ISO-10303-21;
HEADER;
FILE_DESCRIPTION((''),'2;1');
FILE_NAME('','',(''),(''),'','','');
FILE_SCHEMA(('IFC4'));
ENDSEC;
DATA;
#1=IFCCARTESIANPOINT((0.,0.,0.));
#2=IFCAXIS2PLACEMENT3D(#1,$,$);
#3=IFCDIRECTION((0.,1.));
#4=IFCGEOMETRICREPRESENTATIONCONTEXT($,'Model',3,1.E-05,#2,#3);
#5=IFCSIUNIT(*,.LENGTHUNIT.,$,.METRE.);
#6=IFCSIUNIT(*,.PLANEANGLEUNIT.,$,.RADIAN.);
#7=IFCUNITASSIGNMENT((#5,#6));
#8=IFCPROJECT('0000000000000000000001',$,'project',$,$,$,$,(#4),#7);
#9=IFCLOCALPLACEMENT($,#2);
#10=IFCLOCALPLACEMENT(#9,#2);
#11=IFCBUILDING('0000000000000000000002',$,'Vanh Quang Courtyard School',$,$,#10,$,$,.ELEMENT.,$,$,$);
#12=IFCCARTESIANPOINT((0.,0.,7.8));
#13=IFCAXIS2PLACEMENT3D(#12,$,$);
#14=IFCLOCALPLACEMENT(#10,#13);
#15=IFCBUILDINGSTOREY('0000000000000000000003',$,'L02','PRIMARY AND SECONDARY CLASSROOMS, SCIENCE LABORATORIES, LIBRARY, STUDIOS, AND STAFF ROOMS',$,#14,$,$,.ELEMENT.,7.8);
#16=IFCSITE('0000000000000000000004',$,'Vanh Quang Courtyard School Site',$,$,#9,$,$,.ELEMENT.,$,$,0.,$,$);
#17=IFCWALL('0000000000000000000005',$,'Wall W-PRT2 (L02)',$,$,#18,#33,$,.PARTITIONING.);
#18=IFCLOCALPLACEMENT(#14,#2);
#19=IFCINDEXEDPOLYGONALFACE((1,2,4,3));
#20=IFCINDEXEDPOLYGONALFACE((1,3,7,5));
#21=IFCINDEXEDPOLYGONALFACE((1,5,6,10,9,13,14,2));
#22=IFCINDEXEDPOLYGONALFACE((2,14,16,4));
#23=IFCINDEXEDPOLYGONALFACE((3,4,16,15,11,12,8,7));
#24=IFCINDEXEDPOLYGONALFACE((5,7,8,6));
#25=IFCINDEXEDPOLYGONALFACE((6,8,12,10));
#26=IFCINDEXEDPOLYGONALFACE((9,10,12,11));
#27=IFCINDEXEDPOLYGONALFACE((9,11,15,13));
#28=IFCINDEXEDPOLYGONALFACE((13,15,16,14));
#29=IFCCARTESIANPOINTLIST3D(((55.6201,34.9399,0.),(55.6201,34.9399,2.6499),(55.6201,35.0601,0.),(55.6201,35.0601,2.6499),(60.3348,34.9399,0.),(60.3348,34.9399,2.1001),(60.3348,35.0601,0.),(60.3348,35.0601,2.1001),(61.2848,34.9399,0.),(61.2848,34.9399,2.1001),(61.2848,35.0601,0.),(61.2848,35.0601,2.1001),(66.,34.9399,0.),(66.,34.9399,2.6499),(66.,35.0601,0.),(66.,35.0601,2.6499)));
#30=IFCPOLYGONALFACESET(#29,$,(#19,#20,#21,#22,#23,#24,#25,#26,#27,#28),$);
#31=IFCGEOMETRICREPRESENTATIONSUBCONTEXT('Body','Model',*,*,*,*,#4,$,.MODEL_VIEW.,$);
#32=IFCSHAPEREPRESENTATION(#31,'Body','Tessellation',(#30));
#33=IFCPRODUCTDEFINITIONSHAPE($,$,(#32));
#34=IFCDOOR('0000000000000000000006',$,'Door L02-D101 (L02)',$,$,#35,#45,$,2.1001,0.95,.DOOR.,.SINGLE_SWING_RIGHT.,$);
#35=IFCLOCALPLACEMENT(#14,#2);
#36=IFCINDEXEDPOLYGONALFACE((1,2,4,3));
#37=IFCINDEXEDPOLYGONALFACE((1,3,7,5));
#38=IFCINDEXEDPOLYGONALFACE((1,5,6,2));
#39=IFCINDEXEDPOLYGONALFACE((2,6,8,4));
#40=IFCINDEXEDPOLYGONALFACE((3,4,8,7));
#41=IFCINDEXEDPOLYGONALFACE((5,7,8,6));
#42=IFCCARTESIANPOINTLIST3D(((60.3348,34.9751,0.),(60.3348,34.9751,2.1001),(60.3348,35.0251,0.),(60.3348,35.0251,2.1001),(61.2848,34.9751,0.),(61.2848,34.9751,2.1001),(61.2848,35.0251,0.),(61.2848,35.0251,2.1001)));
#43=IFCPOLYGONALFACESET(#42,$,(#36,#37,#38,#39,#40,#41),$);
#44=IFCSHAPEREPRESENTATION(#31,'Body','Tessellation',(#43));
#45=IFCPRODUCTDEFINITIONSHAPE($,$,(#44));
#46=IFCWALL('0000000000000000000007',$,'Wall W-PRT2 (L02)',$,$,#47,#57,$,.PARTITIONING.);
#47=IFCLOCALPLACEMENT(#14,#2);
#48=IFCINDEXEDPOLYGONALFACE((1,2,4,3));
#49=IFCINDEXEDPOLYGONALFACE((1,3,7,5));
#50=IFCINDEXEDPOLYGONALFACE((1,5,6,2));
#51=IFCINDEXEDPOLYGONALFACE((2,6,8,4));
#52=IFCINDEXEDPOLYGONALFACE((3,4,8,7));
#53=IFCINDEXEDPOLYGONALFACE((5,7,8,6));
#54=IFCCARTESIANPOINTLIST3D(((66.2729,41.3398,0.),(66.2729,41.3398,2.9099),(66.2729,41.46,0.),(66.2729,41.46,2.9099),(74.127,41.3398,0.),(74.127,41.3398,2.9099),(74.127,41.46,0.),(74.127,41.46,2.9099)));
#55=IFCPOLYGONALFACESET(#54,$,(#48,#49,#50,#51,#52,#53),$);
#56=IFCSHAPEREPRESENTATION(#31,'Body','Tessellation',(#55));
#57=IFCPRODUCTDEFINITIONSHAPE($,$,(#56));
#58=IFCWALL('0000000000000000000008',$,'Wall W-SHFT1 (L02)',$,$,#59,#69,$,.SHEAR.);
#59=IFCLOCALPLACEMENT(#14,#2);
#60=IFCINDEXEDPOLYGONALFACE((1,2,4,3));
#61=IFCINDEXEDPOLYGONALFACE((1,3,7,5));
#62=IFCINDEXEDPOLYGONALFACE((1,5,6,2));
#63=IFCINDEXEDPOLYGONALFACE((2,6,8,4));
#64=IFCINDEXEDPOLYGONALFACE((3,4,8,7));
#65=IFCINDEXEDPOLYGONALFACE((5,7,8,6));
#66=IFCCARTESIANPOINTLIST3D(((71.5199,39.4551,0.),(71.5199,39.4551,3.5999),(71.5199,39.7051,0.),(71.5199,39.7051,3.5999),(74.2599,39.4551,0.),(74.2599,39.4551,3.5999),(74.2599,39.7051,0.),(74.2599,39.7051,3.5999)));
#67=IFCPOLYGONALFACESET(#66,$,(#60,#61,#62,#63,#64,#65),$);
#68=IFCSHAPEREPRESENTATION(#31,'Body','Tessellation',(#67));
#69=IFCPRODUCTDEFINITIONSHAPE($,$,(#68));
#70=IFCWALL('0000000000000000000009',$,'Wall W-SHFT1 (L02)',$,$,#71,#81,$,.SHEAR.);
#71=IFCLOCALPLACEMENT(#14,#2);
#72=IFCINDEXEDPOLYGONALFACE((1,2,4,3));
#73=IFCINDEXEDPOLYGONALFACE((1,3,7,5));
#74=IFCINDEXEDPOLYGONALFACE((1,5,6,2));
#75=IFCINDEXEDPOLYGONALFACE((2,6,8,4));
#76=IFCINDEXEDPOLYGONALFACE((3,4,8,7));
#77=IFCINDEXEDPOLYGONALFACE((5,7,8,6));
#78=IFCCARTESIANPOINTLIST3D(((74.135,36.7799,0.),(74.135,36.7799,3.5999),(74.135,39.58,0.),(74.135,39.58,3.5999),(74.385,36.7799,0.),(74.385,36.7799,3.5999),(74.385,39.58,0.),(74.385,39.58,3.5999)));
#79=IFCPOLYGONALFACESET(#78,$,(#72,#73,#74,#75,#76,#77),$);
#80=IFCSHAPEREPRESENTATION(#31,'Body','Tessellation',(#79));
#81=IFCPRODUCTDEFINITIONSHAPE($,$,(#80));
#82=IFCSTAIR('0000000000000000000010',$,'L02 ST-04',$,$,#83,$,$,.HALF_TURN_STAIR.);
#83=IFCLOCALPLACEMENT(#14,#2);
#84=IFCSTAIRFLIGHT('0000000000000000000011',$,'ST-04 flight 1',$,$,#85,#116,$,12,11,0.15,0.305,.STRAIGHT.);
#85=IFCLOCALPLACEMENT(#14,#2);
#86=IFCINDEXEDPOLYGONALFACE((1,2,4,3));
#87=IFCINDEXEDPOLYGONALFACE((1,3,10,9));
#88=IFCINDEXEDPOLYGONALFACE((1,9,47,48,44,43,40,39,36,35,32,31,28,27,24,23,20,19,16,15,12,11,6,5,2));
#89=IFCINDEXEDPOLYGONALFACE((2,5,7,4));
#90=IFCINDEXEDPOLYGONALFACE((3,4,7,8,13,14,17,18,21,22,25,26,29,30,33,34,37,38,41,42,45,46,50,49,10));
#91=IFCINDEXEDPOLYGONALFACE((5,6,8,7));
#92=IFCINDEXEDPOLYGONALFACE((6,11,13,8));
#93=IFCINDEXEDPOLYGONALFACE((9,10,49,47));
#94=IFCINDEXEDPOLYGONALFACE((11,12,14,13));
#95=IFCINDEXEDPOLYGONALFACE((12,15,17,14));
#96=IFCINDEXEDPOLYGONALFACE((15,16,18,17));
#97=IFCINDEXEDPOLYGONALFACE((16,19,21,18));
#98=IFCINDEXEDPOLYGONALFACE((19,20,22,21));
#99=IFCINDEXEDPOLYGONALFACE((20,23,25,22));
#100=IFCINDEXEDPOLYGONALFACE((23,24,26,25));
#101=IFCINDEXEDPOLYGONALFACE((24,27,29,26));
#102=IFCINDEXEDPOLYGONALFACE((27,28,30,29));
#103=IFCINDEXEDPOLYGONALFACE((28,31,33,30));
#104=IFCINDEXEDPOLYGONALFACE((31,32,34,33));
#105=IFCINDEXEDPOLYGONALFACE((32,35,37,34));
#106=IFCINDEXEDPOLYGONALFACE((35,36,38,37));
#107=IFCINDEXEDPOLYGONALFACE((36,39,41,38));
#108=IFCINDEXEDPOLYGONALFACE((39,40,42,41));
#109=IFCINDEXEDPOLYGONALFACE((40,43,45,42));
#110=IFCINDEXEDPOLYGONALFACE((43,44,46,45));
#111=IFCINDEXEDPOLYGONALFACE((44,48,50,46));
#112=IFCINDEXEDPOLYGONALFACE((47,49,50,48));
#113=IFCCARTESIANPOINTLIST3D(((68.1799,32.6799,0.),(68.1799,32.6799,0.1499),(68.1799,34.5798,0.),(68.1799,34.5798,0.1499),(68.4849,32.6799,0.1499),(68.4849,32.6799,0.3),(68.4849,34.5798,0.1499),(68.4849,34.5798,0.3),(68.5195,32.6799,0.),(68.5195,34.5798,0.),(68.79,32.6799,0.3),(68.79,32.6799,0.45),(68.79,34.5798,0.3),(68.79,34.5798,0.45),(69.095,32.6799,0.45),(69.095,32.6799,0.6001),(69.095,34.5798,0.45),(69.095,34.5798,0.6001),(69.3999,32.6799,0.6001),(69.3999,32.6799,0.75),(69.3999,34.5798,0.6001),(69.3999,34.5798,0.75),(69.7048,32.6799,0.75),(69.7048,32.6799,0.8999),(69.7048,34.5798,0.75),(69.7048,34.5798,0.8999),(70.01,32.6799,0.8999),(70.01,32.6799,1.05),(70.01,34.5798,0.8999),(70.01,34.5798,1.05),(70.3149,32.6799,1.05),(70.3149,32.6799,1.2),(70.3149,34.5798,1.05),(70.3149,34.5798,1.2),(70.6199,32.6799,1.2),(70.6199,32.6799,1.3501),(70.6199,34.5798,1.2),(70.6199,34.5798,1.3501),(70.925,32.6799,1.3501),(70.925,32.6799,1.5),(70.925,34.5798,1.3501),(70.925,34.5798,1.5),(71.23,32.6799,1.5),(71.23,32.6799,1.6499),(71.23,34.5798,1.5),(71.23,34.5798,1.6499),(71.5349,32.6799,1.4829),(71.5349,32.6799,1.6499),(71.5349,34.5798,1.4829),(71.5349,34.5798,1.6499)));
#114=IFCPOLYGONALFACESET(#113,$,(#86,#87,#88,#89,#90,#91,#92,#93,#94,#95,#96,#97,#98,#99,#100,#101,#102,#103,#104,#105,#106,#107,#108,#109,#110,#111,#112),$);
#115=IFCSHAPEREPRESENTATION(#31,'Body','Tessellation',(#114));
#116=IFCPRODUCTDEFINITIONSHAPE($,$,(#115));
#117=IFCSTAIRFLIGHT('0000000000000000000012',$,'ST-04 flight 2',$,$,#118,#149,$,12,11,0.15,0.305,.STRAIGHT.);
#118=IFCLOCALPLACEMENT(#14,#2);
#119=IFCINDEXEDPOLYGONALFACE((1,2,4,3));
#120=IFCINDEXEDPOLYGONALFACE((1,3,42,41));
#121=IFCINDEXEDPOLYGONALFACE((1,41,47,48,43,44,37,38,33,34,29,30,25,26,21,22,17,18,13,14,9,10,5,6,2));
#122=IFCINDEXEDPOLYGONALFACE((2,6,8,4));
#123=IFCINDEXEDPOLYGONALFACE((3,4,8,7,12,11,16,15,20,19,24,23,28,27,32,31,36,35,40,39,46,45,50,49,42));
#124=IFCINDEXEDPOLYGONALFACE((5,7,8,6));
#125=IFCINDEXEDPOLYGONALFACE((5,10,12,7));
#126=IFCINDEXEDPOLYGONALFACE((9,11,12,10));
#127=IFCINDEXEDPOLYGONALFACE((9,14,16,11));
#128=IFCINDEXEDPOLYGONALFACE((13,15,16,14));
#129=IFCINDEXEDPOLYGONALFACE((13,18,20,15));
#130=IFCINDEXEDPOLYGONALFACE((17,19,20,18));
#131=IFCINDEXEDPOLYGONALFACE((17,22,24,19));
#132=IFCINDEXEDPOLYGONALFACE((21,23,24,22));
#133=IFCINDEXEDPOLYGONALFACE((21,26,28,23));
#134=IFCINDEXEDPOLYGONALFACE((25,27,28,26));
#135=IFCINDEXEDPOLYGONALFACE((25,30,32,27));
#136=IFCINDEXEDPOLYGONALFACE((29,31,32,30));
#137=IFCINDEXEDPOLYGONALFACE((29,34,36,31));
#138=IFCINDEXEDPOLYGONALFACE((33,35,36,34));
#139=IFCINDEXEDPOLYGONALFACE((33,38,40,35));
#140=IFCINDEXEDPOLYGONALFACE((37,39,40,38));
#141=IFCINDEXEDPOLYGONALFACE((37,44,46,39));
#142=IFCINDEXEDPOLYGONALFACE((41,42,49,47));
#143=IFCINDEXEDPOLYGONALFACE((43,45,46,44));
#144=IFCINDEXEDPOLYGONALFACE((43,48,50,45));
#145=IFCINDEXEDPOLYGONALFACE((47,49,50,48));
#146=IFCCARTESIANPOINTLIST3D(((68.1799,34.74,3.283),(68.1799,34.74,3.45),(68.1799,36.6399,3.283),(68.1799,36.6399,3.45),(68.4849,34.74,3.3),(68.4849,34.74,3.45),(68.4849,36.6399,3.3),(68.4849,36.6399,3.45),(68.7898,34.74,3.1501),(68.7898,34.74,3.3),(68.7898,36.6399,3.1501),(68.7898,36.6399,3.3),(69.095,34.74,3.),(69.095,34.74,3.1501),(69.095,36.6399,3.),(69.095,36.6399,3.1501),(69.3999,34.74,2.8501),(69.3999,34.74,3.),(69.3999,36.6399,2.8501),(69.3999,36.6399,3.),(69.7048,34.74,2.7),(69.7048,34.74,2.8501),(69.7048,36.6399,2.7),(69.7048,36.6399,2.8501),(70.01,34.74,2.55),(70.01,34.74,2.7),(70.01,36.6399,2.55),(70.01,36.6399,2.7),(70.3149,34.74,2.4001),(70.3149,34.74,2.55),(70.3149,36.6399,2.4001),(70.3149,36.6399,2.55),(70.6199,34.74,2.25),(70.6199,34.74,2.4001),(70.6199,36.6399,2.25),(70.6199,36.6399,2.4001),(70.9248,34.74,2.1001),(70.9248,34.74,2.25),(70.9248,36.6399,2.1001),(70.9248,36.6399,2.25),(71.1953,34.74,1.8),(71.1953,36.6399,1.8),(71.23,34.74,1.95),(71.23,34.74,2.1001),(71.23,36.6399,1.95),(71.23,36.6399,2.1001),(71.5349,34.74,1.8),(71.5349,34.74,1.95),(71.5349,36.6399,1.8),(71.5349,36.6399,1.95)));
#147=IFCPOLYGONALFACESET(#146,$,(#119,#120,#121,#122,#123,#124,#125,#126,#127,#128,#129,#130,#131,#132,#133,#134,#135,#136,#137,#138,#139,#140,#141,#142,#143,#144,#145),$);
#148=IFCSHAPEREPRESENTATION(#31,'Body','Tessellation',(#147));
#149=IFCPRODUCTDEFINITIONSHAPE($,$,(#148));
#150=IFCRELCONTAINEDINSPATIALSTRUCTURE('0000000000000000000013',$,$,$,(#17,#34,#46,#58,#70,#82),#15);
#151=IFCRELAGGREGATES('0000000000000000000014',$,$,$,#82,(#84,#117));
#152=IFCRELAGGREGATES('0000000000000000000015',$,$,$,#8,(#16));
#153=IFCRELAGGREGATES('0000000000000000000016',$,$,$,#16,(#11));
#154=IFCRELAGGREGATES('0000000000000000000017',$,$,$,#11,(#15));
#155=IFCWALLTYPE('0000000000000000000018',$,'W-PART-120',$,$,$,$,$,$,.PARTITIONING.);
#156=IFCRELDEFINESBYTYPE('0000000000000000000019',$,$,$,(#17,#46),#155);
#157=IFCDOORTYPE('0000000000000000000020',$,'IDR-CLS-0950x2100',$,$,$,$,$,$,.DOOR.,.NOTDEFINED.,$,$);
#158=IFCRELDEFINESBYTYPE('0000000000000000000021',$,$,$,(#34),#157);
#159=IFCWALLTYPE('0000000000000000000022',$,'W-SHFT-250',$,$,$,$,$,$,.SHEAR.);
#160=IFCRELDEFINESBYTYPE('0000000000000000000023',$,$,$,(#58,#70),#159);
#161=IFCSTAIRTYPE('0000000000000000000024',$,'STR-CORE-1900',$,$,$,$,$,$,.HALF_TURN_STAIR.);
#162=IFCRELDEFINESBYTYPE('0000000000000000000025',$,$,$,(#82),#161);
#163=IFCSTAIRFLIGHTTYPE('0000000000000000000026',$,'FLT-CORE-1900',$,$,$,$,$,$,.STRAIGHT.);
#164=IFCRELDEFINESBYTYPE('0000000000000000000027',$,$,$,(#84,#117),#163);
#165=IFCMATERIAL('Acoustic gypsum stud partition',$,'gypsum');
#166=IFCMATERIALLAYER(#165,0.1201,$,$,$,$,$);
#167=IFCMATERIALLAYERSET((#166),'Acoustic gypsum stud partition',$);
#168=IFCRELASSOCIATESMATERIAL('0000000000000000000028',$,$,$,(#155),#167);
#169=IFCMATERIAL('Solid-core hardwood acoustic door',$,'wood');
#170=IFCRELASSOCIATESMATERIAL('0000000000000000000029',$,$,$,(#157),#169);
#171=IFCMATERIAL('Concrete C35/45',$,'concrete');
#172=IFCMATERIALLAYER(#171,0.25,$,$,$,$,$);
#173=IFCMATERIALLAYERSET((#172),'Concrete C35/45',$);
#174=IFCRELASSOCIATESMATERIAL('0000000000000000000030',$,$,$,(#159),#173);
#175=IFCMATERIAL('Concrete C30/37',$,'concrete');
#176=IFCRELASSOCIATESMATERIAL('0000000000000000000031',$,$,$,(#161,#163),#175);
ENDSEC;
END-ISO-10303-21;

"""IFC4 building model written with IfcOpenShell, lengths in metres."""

from ifc_helpers import new_model, si_unit, direction, frame, frame_2d, origin, place, context, subcontext, project, spatial, polyline, rectangle, outline, extrude, material, layer, layer_set, type_object, element, fill, aggregate, save


model = new_model("IFC4")

# Units and contexts
model_context = context("Model", 3, precision=1e-05, world=origin(), true_north=direction((0.0, 1.0)))
body_context = subcontext(model_context, "Body", "Model", "MODEL_VIEW")
ifc_project = project(units=[si_unit("LENGTHUNIT", "METRE"), si_unit("PLANEANGLEUNIT", "RADIAN")], contexts=[model_context])

# Site, building, storey
site_placement = place(None, origin())
site = spatial("IfcSite", under=ifc_project, at=site_placement, Name="Vanh Quang Courtyard School Site", CompositionType="ELEMENT", RefElevation=0.0)
building_placement = place(site_placement, origin())
building = spatial("IfcBuilding", under=site, at=building_placement, Name="Vanh Quang Courtyard School", CompositionType="ELEMENT")
storey_placement = place(building_placement, frame((0.0, 0.0, 7.8)))
storey = spatial("IfcBuildingStorey", under=building, at=storey_placement, Name="L02", Description="PRIMARY AND SECONDARY CLASSROOMS, SCIENCE LABORATORIES, LIBRARY, STUDIOS, AND STAFF ROOMS", CompositionType="ELEMENT", Elevation=7.8)

# Shared definitions
ifc_material_1 = material(Name="Concrete C35/45", Category="concrete")

# Wall, opening, door
ifc_material_2 = material(Name="Acoustic gypsum stud partition", Category="gypsum")
ifc_layer_1 = layer(ifc_material_2, 0.1201)
ifc_layer_set_1 = layer_set([ifc_layer_1], Name="Acoustic gypsum stud partition")
wall_type_1 = type_object("IfcWallType", Name="W-PART-120", PredefinedType="PARTITIONING", material=ifc_layer_set_1)
wall_1_placement = place(storey_placement, frame((66.0, 35.0, 0.0), z_axis=(0.0, 0.0, 1.0), x_axis=(-1.0, 0.0, 0.0)))
wall_1 = element("IfcWall", 1, at=wall_1_placement, inside=storey, type_object=wall_type_1, Name="Wall W-PRT2 (L02)", PredefinedType="PARTITIONING", context=body_context, shape_type="SweptSolid", body=[
    extrude(rectangle(XDim=10.3799, YDim=0.1201, at=frame_2d((5.1899, 0.0))), origin(), (0.0, 0.0, 1.0), 2.6499),
])
opening_1_placement = place(wall_1_placement, frame((4.7151, 0.0, 0.0)))
opening_1 = element("IfcOpeningElement", 2, at=opening_1_placement, cuts=wall_1, PredefinedType="OPENING", context=body_context, shape_type="SweptSolid", body=[
    extrude(rectangle(XDim=0.95, YDim=2.1001, at=frame_2d((0.4751, 1.05))), frame((0.0, 0.0701, 0.0), z_axis=(0.0, -1.0, 0.0), x_axis=(1.0, 0.0, 0.0)), (0.0, 0.0, 1.0), 0.1401),
])
ifc_material_3 = material(Name="Solid-core hardwood acoustic door", Category="wood")
door_type_1 = type_object("IfcDoorType", Name="IDR-CLS-0950x2100", OperationType="NOTDEFINED", PredefinedType="DOOR", material=ifc_material_3)
door_1_placement = place(opening_1_placement, origin())
door_1 = element("IfcDoor", 3, at=door_1_placement, inside=storey, type_object=door_type_1, Name="Door L02-D101 (L02)", OperationType="SINGLE_SWING_RIGHT", OverallHeight=2.1001, OverallWidth=0.95, PredefinedType="DOOR", context=body_context, shape_type="SweptSolid", body=[
    extrude(rectangle(XDim=0.95, YDim=2.1001, at=frame_2d((0.4751, 1.05))), frame((0.0, 0.0249, 0.0), z_axis=(0.0, -1.0, 0.0), x_axis=(1.0, 0.0, 0.0)), (0.0, 0.0, 1.0), 0.05),
])
fill(opening_1, door_1)

# Wall
wall_2_placement = place(storey_placement, frame((74.127, 41.3999, 0.0), z_axis=(0.0, 0.0, 1.0), x_axis=(-1.0, 0.0, 0.0)))
element("IfcWall", 4, at=wall_2_placement, inside=storey, type_object=wall_type_1, Name="Wall W-PRT2 (L02)", PredefinedType="PARTITIONING", context=body_context, shape_type="SweptSolid", body=[
    extrude(rectangle(XDim=7.854, YDim=0.1201, at=frame_2d((3.927, 0.0))), origin(), (0.0, 0.0, 1.0), 2.9099),
])

# Shared definitions
ifc_layer_2 = layer(ifc_material_1, 0.25)
ifc_layer_set_2 = layer_set([ifc_layer_2], Name="Concrete C35/45")
wall_type_2 = type_object("IfcWallType", Name="W-SHFT-250", PredefinedType="SHEAR", material=ifc_layer_set_2)

# Walls
wall_3_placement = place(storey_placement, frame((74.26, 39.5801, 0.0), z_axis=(0.0, 0.0, 1.0), x_axis=(-1.0, 0.0, 0.0)))
element("IfcWall", 5, at=wall_3_placement, inside=storey, type_object=wall_type_2, Name="Wall W-SHFT1 (L02)", PredefinedType="SHEAR", context=body_context, shape_type="SweptSolid", body=[
    extrude(rectangle(XDim=2.74, YDim=0.25, at=frame_2d((1.3701, 0.0))), origin(), (0.0, 0.0, 1.0), 3.5999),
])
wall_4_placement = place(storey_placement, frame((74.26, 36.78, 0.0), z_axis=(0.0, 0.0, 1.0), x_axis=(0.0, 1.0, 0.0)))
element("IfcWall", 6, at=wall_4_placement, inside=storey, type_object=wall_type_2, Name="Wall W-SHFT1 (L02)", PredefinedType="SHEAR", context=body_context, shape_type="SweptSolid", body=[
    extrude(rectangle(XDim=2.8, YDim=0.25, at=frame_2d((1.3999, 0.0))), origin(), (0.0, 0.0, 1.0), 3.5999),
])

# Stair, stair flights
ifc_material_4 = material(Name="Concrete C30/37", Category="concrete")
stair_type = type_object("IfcStairType", Name="STR-CORE-1900", PredefinedType="HALF_TURN_STAIR", material=ifc_material_4)
stair_placement = place(storey_placement, origin())
stair = element("IfcStair", 7, at=stair_placement, inside=storey, type_object=stair_type, Name="L02 ST-04", PredefinedType="HALF_TURN_STAIR")
stair_flight_type = type_object("IfcStairFlightType", Name="FLT-CORE-1900", PredefinedType="STRAIGHT", material=ifc_material_4)
stair_flight_1_placement = place(storey_placement, frame((68.1799, 33.6299, 0.0), z_axis=(0.0, 0.0, 1.0), x_axis=(1.0, 0.0, 0.0)))
stair_flight_1 = element("IfcStairFlight", 8, at=stair_flight_1_placement, type_object=stair_flight_type, Name="ST-04 flight 1", NumberOfRisers=12, NumberOfTreads=11, PredefinedType="STRAIGHT", RiserHeight=0.15, TreadLength=0.305, context=body_context, shape_type="SweptSolid", body=[
    extrude(outline(polyline([(0.0, 0.0), (0.0, 0.1499), (0.3049, 0.1499), (0.3049, 0.3), (0.6101, 0.3), (0.6101, 0.45), (0.915, 0.45), (0.915, 0.6001), (1.22, 0.6001), (1.22, 0.75), (1.5249, 0.75), (1.5249, 0.8999), (1.8301, 0.8999), (1.8301, 1.05), (2.135, 1.05), (2.135, 1.2), (2.4399, 1.2), (2.4399, 1.3501), (2.7451, 1.3501), (2.7451, 1.5), (3.05, 1.5), (3.05, 1.6499), (3.355, 1.6499), (3.355, 1.8), (3.355, 1.4829), (0.3396, 0.0), (0.0, 0.0)])), frame((0.0, 0.95, 0.0), z_axis=(0.0, -1.0, 0.0), x_axis=(1.0, 0.0, 0.0)), (0.0, 0.0, 1.0), 1.8999),
])
stair_flight_2_placement = place(storey_placement, frame((71.5349, 35.6899, 1.8), z_axis=(0.0, 0.0, 1.0), x_axis=(-1.0, 0.0, 0.0)))
stair_flight_2 = element("IfcStairFlight", 9, at=stair_flight_2_placement, type_object=stair_flight_type, Name="ST-04 flight 2", NumberOfRisers=12, NumberOfTreads=11, PredefinedType="STRAIGHT", RiserHeight=0.15, TreadLength=0.305, context=body_context, shape_type="SweptSolid", body=[
    extrude(outline(polyline([(0.0, 0.0), (0.0, 0.1499), (0.3049, 0.1499), (0.3049, 0.3), (0.6101, 0.3), (0.6101, 0.45), (0.915, 0.45), (0.915, 0.6001), (1.22, 0.6001), (1.22, 0.75), (1.5249, 0.75), (1.5249, 0.8999), (1.8301, 0.8999), (1.8301, 1.05), (2.135, 1.05), (2.135, 1.2), (2.4399, 1.2), (2.4399, 1.3501), (2.7451, 1.3501), (2.7451, 1.5), (3.05, 1.5), (3.05, 1.6499), (3.355, 1.6499), (3.355, 1.8), (3.355, 1.4829), (0.3396, 0.0), (0.0, 0.0)])), frame((0.0, 0.95, 0.0), z_axis=(0.0, -1.0, 0.0), x_axis=(1.0, 0.0, 0.0)), (0.0, 0.0, 1.0), 1.8999),
])
aggregate(stair, [stair_flight_1, stair_flight_2])

save(model, "model.ifc")
